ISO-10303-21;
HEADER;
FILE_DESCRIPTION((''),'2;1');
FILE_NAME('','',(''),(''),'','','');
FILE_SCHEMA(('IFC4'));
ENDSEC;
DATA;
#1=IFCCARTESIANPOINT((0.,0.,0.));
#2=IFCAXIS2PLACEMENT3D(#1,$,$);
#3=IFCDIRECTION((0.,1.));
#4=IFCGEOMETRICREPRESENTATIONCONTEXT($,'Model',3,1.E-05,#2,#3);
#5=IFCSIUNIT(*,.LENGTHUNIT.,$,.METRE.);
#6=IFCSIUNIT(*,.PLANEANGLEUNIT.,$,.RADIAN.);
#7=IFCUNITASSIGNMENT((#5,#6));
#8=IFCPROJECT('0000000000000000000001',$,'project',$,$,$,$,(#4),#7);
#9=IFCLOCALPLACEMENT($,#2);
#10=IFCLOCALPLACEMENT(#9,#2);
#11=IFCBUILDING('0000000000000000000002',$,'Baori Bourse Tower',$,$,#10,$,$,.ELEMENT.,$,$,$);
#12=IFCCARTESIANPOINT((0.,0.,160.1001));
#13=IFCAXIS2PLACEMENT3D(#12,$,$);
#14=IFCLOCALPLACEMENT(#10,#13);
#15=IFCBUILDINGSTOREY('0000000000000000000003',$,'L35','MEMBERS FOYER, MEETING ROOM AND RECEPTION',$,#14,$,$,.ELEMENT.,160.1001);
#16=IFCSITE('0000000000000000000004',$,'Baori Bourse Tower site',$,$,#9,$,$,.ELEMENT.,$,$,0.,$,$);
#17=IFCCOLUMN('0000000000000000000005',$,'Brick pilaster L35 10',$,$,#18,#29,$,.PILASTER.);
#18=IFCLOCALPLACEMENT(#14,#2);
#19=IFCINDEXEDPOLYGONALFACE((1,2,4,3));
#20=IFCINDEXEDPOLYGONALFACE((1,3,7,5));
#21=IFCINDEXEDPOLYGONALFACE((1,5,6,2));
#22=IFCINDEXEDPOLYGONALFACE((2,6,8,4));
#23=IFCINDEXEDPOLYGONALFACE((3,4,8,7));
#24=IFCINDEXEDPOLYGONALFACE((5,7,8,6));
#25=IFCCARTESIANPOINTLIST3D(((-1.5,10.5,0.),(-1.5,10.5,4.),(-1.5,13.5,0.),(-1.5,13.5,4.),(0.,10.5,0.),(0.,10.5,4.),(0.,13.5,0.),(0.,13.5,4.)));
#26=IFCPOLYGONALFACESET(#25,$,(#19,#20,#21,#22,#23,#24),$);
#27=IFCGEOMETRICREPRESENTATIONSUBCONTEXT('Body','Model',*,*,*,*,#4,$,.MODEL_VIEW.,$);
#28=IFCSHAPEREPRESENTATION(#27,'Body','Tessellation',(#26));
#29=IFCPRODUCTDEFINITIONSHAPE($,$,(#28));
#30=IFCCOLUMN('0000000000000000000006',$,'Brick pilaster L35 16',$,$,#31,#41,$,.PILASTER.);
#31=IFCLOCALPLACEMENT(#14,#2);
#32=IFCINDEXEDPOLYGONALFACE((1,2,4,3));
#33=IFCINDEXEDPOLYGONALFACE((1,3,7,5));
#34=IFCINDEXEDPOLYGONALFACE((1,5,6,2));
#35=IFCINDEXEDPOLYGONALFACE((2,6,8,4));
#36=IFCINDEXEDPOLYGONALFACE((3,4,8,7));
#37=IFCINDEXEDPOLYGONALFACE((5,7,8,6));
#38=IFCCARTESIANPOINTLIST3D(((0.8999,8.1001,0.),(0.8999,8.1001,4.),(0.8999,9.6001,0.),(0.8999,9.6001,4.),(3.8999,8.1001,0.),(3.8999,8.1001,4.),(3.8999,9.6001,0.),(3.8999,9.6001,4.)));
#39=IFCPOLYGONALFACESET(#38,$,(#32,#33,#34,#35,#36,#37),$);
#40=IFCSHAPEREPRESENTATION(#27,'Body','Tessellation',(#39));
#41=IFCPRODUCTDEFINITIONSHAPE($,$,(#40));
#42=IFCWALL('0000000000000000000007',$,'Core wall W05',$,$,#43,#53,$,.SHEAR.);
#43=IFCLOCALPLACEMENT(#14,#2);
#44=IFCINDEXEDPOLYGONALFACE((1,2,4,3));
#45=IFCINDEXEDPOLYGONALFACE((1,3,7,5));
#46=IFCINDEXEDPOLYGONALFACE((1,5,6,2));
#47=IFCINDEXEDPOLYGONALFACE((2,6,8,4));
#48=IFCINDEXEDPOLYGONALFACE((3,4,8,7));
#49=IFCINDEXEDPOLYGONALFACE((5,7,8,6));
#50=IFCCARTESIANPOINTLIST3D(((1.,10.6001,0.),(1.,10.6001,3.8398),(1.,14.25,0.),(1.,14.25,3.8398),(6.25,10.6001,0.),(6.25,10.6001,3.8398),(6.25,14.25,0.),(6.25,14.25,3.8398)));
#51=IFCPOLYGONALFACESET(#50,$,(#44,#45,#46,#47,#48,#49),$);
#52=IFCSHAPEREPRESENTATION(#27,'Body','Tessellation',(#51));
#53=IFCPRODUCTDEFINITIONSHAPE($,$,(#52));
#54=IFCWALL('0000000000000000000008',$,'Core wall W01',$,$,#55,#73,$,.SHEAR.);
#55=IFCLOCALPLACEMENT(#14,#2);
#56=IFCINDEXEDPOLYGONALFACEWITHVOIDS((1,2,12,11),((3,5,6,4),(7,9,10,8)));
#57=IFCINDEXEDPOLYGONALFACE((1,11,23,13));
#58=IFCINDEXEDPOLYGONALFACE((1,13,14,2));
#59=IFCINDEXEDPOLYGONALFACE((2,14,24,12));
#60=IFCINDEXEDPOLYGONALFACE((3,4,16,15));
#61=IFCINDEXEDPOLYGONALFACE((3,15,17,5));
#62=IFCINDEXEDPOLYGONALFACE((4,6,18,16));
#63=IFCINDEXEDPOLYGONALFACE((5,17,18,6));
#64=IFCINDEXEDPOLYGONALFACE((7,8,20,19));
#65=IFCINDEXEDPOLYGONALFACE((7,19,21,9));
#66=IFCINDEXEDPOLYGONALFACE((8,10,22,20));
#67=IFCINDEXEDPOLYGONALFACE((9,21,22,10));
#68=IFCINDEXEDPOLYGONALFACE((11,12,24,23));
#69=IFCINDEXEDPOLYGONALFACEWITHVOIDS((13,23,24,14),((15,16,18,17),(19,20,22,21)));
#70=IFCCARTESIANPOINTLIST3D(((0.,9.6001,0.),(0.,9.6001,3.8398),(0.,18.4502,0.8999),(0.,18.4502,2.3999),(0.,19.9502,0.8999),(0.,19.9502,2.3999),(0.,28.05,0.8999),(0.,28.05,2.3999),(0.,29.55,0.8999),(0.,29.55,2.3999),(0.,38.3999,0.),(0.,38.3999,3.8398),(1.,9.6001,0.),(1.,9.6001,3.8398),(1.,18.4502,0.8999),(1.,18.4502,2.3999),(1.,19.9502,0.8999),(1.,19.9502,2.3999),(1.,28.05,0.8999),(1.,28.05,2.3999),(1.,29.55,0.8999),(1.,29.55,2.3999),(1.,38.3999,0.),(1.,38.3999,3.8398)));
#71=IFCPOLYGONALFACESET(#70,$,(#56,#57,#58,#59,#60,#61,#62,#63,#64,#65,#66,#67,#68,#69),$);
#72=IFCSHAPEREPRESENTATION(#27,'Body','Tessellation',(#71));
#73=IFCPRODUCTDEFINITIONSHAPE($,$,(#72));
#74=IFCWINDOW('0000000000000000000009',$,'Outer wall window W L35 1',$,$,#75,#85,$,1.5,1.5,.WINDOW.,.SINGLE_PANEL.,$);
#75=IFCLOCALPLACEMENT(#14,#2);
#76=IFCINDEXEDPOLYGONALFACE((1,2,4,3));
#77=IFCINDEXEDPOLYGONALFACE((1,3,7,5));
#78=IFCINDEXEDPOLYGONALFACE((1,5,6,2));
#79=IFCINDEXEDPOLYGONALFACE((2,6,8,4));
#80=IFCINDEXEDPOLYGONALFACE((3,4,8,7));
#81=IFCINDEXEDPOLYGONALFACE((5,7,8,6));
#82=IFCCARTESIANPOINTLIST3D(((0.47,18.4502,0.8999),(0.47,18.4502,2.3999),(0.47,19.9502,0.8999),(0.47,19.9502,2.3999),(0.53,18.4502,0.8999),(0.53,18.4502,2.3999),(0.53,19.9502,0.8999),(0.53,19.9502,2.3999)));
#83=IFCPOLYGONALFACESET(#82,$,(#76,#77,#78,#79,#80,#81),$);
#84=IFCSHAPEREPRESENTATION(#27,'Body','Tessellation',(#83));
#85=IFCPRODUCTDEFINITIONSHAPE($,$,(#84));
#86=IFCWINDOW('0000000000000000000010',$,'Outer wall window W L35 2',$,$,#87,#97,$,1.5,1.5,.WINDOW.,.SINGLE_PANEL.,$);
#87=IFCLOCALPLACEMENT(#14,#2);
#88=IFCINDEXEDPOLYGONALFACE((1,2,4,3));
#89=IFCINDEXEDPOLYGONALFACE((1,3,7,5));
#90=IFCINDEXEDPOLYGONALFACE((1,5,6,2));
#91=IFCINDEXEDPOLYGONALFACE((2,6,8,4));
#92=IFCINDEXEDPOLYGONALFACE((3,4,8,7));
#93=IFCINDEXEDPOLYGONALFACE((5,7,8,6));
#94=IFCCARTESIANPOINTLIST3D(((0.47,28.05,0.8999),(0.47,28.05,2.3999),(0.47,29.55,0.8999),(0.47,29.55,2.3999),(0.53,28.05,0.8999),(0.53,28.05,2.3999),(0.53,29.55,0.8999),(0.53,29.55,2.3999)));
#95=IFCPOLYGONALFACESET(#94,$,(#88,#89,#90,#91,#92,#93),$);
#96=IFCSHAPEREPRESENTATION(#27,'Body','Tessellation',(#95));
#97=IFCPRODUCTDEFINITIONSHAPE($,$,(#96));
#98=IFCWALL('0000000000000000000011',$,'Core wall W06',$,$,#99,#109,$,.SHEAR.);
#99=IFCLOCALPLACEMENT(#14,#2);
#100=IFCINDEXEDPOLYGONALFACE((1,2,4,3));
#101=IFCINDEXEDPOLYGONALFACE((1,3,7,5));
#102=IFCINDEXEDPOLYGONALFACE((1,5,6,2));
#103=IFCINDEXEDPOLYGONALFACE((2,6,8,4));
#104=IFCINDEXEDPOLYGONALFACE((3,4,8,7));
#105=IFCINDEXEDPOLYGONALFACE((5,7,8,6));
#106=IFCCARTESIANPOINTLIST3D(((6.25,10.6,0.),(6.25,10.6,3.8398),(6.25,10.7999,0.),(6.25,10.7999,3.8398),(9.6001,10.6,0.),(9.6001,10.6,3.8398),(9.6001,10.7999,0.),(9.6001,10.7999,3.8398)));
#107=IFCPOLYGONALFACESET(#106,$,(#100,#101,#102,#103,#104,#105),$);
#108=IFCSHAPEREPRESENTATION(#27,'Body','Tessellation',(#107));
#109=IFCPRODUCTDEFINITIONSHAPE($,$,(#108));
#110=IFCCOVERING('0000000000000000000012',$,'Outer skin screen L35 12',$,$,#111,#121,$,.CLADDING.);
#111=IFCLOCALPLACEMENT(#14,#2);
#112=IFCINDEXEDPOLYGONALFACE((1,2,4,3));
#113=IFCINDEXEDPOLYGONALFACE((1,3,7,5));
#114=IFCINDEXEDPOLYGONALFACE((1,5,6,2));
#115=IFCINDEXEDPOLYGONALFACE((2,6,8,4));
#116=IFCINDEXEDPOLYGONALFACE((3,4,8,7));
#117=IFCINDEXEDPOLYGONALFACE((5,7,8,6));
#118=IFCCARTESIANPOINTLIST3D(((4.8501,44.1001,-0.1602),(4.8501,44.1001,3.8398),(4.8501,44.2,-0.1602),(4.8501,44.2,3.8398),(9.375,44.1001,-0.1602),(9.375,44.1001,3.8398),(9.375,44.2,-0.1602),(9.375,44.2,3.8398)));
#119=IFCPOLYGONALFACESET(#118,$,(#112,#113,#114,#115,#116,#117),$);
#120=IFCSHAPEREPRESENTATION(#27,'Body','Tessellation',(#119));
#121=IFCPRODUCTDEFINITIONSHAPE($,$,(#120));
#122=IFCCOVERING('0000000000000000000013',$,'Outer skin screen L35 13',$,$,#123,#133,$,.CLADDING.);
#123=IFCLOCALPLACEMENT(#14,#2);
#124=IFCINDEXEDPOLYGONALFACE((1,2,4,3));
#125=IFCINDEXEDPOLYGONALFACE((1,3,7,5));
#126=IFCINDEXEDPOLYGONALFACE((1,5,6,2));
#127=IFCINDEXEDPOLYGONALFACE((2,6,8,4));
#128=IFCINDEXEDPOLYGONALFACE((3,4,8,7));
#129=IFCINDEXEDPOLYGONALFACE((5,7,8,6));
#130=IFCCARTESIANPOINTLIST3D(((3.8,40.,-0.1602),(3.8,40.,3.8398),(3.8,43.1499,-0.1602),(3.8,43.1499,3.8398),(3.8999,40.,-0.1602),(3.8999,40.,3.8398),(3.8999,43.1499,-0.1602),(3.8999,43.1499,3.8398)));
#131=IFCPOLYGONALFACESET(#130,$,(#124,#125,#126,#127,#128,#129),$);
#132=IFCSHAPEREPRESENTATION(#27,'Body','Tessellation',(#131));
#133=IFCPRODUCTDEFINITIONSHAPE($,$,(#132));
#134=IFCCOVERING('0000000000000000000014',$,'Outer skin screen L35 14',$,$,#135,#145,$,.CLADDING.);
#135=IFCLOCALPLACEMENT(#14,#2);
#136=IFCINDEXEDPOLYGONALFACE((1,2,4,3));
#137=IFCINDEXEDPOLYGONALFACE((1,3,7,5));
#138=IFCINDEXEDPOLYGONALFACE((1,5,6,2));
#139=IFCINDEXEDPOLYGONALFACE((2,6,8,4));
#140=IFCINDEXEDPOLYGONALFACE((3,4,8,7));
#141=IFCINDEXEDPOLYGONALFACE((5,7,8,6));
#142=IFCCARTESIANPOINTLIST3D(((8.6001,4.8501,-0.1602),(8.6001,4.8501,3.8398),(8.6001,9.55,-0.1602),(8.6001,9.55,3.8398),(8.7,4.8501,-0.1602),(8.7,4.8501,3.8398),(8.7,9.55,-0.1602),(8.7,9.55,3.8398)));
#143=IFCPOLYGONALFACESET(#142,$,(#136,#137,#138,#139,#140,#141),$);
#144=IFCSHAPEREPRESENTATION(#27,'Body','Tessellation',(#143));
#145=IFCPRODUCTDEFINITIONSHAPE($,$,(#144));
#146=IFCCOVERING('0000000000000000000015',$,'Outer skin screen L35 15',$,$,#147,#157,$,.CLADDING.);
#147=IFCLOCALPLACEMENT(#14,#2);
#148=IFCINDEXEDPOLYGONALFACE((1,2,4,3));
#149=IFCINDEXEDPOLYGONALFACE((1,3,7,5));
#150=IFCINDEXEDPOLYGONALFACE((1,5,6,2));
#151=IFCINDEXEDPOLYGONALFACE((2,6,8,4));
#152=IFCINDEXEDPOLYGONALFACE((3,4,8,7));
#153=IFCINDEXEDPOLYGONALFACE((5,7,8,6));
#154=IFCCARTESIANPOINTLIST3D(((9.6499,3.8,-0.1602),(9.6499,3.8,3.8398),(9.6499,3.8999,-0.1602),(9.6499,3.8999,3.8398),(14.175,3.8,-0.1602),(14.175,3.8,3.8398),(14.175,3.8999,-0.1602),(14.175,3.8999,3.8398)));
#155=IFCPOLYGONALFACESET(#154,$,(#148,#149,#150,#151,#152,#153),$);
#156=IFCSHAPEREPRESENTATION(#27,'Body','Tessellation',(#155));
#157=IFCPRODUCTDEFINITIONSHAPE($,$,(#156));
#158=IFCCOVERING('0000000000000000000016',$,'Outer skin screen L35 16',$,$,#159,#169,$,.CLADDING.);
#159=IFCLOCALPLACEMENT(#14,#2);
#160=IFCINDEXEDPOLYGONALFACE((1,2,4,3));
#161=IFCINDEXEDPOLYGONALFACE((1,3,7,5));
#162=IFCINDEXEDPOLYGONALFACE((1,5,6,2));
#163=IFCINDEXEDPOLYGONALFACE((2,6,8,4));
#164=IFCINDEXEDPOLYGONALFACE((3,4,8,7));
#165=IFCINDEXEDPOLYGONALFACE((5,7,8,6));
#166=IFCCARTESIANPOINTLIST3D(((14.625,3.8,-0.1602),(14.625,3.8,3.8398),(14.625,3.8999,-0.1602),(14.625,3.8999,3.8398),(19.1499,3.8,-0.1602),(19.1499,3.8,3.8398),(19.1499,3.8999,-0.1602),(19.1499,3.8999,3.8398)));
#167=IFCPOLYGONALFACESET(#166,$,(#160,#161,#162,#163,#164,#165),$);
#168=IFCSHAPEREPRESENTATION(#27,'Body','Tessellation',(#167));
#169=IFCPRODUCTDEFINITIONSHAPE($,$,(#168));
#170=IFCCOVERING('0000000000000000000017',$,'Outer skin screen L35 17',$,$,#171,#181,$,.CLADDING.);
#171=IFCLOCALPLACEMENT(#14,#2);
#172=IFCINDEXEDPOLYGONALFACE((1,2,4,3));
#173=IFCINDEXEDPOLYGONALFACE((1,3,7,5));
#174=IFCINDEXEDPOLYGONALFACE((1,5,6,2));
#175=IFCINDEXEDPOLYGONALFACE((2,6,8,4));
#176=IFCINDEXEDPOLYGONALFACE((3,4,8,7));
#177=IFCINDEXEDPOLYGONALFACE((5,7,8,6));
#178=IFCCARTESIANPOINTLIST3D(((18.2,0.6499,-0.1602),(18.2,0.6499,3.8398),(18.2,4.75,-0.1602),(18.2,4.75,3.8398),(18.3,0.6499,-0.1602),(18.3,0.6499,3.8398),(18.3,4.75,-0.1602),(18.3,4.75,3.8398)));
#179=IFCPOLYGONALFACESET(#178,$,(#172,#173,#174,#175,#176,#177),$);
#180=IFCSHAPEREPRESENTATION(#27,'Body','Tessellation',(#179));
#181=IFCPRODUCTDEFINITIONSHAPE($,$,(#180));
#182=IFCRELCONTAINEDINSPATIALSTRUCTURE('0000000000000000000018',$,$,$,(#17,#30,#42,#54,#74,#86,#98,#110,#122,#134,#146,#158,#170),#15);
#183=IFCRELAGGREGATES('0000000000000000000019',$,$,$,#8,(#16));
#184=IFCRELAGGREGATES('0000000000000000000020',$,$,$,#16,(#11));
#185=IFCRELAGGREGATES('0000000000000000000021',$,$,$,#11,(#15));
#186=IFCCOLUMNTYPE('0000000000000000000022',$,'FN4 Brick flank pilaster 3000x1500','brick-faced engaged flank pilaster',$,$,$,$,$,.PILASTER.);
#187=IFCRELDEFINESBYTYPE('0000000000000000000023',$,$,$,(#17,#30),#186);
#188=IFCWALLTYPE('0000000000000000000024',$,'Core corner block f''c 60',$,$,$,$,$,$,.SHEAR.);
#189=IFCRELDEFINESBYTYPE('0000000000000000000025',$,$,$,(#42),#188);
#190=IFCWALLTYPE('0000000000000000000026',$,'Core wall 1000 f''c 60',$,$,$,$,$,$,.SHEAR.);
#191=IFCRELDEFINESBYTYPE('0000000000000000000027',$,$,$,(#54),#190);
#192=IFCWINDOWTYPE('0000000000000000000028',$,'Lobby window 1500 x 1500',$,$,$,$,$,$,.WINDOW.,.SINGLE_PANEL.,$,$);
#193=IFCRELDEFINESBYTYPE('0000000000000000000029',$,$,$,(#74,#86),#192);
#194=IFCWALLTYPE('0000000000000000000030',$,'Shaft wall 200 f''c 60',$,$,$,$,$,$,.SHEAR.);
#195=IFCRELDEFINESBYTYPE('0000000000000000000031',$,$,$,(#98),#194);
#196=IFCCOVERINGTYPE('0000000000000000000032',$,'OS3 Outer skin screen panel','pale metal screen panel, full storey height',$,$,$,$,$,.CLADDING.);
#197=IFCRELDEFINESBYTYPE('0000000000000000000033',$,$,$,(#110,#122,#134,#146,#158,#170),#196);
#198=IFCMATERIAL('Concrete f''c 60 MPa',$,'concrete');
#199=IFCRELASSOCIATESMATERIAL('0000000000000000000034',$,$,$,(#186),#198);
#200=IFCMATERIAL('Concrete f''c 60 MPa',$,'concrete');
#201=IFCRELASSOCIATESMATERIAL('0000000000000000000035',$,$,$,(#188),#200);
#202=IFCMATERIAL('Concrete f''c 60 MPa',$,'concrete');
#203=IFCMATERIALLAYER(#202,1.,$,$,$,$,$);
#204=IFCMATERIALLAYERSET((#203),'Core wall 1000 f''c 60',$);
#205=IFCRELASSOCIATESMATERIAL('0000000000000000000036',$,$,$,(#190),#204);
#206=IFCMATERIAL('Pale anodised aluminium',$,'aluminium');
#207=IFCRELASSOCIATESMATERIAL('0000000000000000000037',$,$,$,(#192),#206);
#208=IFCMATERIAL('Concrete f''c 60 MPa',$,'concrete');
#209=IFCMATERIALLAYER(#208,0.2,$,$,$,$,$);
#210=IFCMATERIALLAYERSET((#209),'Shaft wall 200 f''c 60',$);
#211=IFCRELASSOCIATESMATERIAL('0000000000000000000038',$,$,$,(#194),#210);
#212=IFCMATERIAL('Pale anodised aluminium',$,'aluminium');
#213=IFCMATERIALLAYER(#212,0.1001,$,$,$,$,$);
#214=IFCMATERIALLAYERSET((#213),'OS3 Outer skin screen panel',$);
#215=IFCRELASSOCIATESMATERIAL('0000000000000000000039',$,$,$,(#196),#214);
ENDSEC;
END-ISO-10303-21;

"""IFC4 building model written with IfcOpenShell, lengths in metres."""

from ifc_helpers import new_model, si_unit, direction, frame, frame_2d, origin, origin_2d, place, context, subcontext, project, spatial, polyline, rectangle, outline, extrude, material, layer, layer_set, material_profile, profile_set, type_object, element, fill, save


model = new_model("IFC4")

# Units and contexts
model_context = context("Model", 3, precision=1e-05, world=origin(), true_north=direction((0.0, 1.0)))
body_context = subcontext(model_context, "Body", "Model", "MODEL_VIEW")
ifc_project = project(units=[si_unit("LENGTHUNIT", "METRE"), si_unit("PLANEANGLEUNIT", "RADIAN")], contexts=[model_context])

# Site, building, storey
site_placement = place(None, origin())
site = spatial("IfcSite", under=ifc_project, at=site_placement, Name="Baori Bourse Tower site", CompositionType="ELEMENT", RefElevation=0.0)
building_placement = place(site_placement, origin())
building = spatial("IfcBuilding", under=site, at=building_placement, Name="Baori Bourse Tower", CompositionType="ELEMENT")
storey_placement = place(building_placement, frame((0.0, 0.0, 160.1001)))
storey = spatial("IfcBuildingStorey", under=building, at=storey_placement, Name="L35", Description="MEMBERS FOYER, MEETING ROOM AND RECEPTION", CompositionType="ELEMENT", Elevation=160.1001)

# Columns
ifc_material_1 = material(Name="Concrete f'c 60 MPa", Category="concrete")
ifc_material_profile = material_profile(ifc_material_1, rectangle(XDim=3.0, YDim=1.5, at=origin_2d()), Name="RC 3000x1500")
ifc_profile_set = profile_set([ifc_material_profile], Name="Concrete f'c 60 MPa")
column_type = type_object("IfcColumnType", Name="FN4 Brick flank pilaster 3000x1500", Description="brick-faced engaged flank pilaster", PredefinedType="PILASTER", material=ifc_profile_set)
for number, where, z_axis, x_axis, name in (
    (1, (-0.75, 12.0, 0.0), (0.0, 0.0, 1.0), (0.0, 1.0, 0.0), "Brick pilaster L35 10"),
    (2, (2.3999, 8.8501, 0.0), (0.0, 0.0, 1.0), (1.0, 0.0, 0.0), "Brick pilaster L35 16"),
):
    element("IfcColumn", number, at=place(storey_placement, frame(where, z_axis=z_axis, x_axis=x_axis)), inside=storey, type_object=column_type, Name=name, PredefinedType="PILASTER", context=body_context, shape_type="SweptSolid", body=[
        extrude(rectangle(XDim=3.0, YDim=1.5, at=origin_2d()), origin(), (0.0, 0.0, 1.0), 4.0),
    ])

# Wall
ifc_material_2 = material(Name="Concrete f'c 60 MPa", Category="concrete")
wall_type_1 = type_object("IfcWallType", Name="Core corner block f'c 60", PredefinedType="SHEAR", material=ifc_material_2)
wall_1_placement = place(storey_placement, frame((1.0, 12.425, 0.0), z_axis=(0.0, 0.0, 1.0), x_axis=(1.0, 0.0, 0.0)))
element("IfcWall", 3, at=wall_1_placement, inside=storey, type_object=wall_type_1, Name="Core wall W05", PredefinedType="SHEAR", context=body_context, shape_type="SweptSolid", body=[
    extrude(rectangle(XDim=5.25, YDim=3.6499, at=frame_2d((2.625, 0.0))), origin(), (0.0, 0.0, 1.0), 3.8398),
])

# Wall, openings, windows
ifc_material_3 = material(Name="Concrete f'c 60 MPa", Category="concrete")
ifc_layer_1 = layer(ifc_material_3, 1.0)
ifc_layer_set_1 = layer_set([ifc_layer_1], Name="Core wall 1000 f'c 60")
wall_type_2 = type_object("IfcWallType", Name="Core wall 1000 f'c 60", PredefinedType="SHEAR", material=ifc_layer_set_1)
wall_2_placement = place(storey_placement, frame((0.5, 9.6001, 0.0), z_axis=(0.0, 0.0, 1.0), x_axis=(0.0, 1.0, 0.0)))
wall_2 = element("IfcWall", 4, at=wall_2_placement, inside=storey, type_object=wall_type_2, Name="Core wall W01", PredefinedType="SHEAR", context=body_context, shape_type="SweptSolid", body=[
    extrude(rectangle(XDim=28.7998, YDim=1.0, at=frame_2d((14.3999, 0.0))), origin(), (0.0, 0.0, 1.0), 3.8398),
])
opening_1_placement = place(wall_2_placement, frame((8.8501, 0.0, 0.8999)))
opening_1 = element("IfcOpeningElement", 5, at=opening_1_placement, cuts=wall_2, PredefinedType="OPENING", context=body_context, shape_type="SweptSolid", body=[
    extrude(rectangle(XDim=1.5, YDim=1.5, at=frame_2d((0.75, 0.75))), frame((0.0, 0.51, 0.0), z_axis=(0.0, -1.0, 0.0), x_axis=(1.0, 0.0, 0.0)), (0.0, 0.0, 1.0), 1.02),
])
opening_2_placement = place(wall_2_placement, frame((18.45, 0.0, 0.8999)))
opening_2 = element("IfcOpeningElement", 6, at=opening_2_placement, cuts=wall_2, PredefinedType="OPENING", context=body_context, shape_type="SweptSolid", body=[
    extrude(rectangle(XDim=1.5, YDim=1.5, at=frame_2d((0.75, 0.75))), frame((0.0, 0.51, 0.0), z_axis=(0.0, -1.0, 0.0), x_axis=(1.0, 0.0, 0.0)), (0.0, 0.0, 1.0), 1.02),
])
ifc_material_4 = material(Name="Pale anodised aluminium", Category="aluminium")
window_type = type_object("IfcWindowType", Name="Lobby window 1500 x 1500", PartitioningType="SINGLE_PANEL", PredefinedType="WINDOW", material=ifc_material_4)
window_1_placement = place(opening_1_placement, origin())
window_1 = element("IfcWindow", 7, at=window_1_placement, inside=storey, type_object=window_type, Name="Outer wall window W L35 1", OverallHeight=1.5, OverallWidth=1.5, PartitioningType="SINGLE_PANEL", PredefinedType="WINDOW", context=body_context, shape_type="SweptSolid", body=[
    extrude(rectangle(XDim=1.5, YDim=1.5, at=frame_2d((0.75, 0.75))), frame((0.0, 0.03, 0.0), z_axis=(0.0, -1.0, 0.0), x_axis=(1.0, 0.0, 0.0)), (0.0, 0.0, 1.0), 0.0601),
])
fill(opening_1, window_1)
window_2_placement = place(opening_2_placement, origin())
window_2 = element("IfcWindow", 8, at=window_2_placement, inside=storey, type_object=window_type, Name="Outer wall window W L35 2", OverallHeight=1.5, OverallWidth=1.5, PartitioningType="SINGLE_PANEL", PredefinedType="WINDOW", context=body_context, shape_type="SweptSolid", body=[
    extrude(rectangle(XDim=1.5, YDim=1.5, at=frame_2d((0.75, 0.75))), frame((0.0, 0.03, 0.0), z_axis=(0.0, -1.0, 0.0), x_axis=(1.0, 0.0, 0.0)), (0.0, 0.0, 1.0), 0.0601),
])
fill(opening_2, window_2)

# Wall
ifc_material_5 = material(Name="Concrete f'c 60 MPa", Category="concrete")
ifc_layer_2 = layer(ifc_material_5, 0.2)
ifc_layer_set_2 = layer_set([ifc_layer_2], Name="Shaft wall 200 f'c 60")
wall_type_3 = type_object("IfcWallType", Name="Shaft wall 200 f'c 60", PredefinedType="SHEAR", material=ifc_layer_set_2)
wall_3_placement = place(storey_placement, frame((6.25, 10.7, 0.0), z_axis=(0.0, 0.0, 1.0), x_axis=(1.0, 0.0, 0.0)))
element("IfcWall", 9, at=wall_3_placement, inside=storey, type_object=wall_type_3, Name="Core wall W06", PredefinedType="SHEAR", context=body_context, shape_type="SweptSolid", body=[
    extrude(rectangle(XDim=3.3501, YDim=0.2, at=frame_2d((1.675, 0.0))), origin(), (0.0, 0.0, 1.0), 3.8398),
])

# Coverings
ifc_material_6 = material(Name="Pale anodised aluminium", Category="aluminium")
ifc_layer_3 = layer(ifc_material_6, 0.1001)
ifc_layer_set_3 = layer_set([ifc_layer_3], Name="OS3 Outer skin screen panel")
covering_type = type_object("IfcCoveringType", Name="OS3 Outer skin screen panel", Description="pale metal screen panel, full storey height", PredefinedType="CLADDING", material=ifc_layer_set_3)
covering_1_placement = place(storey_placement, frame((0.0, 0.0, -0.1602)))
element("IfcCovering", 10, at=covering_1_placement, inside=storey, type_object=covering_type, Name="Outer skin screen L35 12", PredefinedType="CLADDING", context=body_context, shape_type="SweptSolid", body=[
    extrude(outline(polyline([(4.8501, 44.1001), (9.375, 44.1001), (9.375, 44.2), (4.8501, 44.2), (4.8501, 44.1001)])), origin(), (0.0, 0.0, 1.0), 4.0),
])
covering_2_placement = place(storey_placement, frame((0.0, 0.0, -0.1602)))
element("IfcCovering", 11, at=covering_2_placement, inside=storey, type_object=covering_type, Name="Outer skin screen L35 13", PredefinedType="CLADDING", context=body_context, shape_type="SweptSolid", body=[
    extrude(outline(polyline([(3.8999, 40.0), (3.8999, 43.1499), (3.8, 43.1499), (3.8, 40.0), (3.8999, 40.0), (3.8999, 40.0)])), origin(), (0.0, 0.0, 1.0), 4.0),
])
covering_3_placement = place(storey_placement, frame((0.0, 0.0, -0.1602)))
element("IfcCovering", 12, at=covering_3_placement, inside=storey, type_object=covering_type, Name="Outer skin screen L35 14", PredefinedType="CLADDING", context=body_context, shape_type="SweptSolid", body=[
    extrude(outline(polyline([(8.7, 4.8501), (8.7, 9.55), (8.6001, 9.55), (8.6001, 4.8501), (8.7, 4.8501)])), origin(), (0.0, 0.0, 1.0), 4.0),
])
covering_4_placement = place(storey_placement, frame((0.0, 0.0, -0.1602)))
element("IfcCovering", 13, at=covering_4_placement, inside=storey, type_object=covering_type, Name="Outer skin screen L35 15", PredefinedType="CLADDING", context=body_context, shape_type="SweptSolid", body=[
    extrude(outline(polyline([(14.175, 3.8999), (9.6499, 3.8999), (9.6499, 3.8), (14.175, 3.8), (14.175, 3.8999)])), origin(), (0.0, 0.0, 1.0), 4.0),
])
covering_5_placement = place(storey_placement, frame((0.0, 0.0, -0.1602)))
element("IfcCovering", 14, at=covering_5_placement, inside=storey, type_object=covering_type, Name="Outer skin screen L35 16", PredefinedType="CLADDING", context=body_context, shape_type="SweptSolid", body=[
    extrude(outline(polyline([(19.1499, 3.8999), (14.625, 3.8999), (14.625, 3.8), (19.1499, 3.8), (19.1499, 3.8999)])), origin(), (0.0, 0.0, 1.0), 4.0),
])
covering_6_placement = place(storey_placement, frame((0.0, 0.0, -0.1602)))
element("IfcCovering", 15, at=covering_6_placement, inside=storey, type_object=covering_type, Name="Outer skin screen L35 17", PredefinedType="CLADDING", context=body_context, shape_type="SweptSolid", body=[
    extrude(outline(polyline([(18.3, 0.6499), (18.3, 4.75), (18.2, 4.75), (18.2, 0.6499), (18.3, 0.6499)])), origin(), (0.0, 0.0, 1.0), 4.0),
])

save(model, "model.ifc")
